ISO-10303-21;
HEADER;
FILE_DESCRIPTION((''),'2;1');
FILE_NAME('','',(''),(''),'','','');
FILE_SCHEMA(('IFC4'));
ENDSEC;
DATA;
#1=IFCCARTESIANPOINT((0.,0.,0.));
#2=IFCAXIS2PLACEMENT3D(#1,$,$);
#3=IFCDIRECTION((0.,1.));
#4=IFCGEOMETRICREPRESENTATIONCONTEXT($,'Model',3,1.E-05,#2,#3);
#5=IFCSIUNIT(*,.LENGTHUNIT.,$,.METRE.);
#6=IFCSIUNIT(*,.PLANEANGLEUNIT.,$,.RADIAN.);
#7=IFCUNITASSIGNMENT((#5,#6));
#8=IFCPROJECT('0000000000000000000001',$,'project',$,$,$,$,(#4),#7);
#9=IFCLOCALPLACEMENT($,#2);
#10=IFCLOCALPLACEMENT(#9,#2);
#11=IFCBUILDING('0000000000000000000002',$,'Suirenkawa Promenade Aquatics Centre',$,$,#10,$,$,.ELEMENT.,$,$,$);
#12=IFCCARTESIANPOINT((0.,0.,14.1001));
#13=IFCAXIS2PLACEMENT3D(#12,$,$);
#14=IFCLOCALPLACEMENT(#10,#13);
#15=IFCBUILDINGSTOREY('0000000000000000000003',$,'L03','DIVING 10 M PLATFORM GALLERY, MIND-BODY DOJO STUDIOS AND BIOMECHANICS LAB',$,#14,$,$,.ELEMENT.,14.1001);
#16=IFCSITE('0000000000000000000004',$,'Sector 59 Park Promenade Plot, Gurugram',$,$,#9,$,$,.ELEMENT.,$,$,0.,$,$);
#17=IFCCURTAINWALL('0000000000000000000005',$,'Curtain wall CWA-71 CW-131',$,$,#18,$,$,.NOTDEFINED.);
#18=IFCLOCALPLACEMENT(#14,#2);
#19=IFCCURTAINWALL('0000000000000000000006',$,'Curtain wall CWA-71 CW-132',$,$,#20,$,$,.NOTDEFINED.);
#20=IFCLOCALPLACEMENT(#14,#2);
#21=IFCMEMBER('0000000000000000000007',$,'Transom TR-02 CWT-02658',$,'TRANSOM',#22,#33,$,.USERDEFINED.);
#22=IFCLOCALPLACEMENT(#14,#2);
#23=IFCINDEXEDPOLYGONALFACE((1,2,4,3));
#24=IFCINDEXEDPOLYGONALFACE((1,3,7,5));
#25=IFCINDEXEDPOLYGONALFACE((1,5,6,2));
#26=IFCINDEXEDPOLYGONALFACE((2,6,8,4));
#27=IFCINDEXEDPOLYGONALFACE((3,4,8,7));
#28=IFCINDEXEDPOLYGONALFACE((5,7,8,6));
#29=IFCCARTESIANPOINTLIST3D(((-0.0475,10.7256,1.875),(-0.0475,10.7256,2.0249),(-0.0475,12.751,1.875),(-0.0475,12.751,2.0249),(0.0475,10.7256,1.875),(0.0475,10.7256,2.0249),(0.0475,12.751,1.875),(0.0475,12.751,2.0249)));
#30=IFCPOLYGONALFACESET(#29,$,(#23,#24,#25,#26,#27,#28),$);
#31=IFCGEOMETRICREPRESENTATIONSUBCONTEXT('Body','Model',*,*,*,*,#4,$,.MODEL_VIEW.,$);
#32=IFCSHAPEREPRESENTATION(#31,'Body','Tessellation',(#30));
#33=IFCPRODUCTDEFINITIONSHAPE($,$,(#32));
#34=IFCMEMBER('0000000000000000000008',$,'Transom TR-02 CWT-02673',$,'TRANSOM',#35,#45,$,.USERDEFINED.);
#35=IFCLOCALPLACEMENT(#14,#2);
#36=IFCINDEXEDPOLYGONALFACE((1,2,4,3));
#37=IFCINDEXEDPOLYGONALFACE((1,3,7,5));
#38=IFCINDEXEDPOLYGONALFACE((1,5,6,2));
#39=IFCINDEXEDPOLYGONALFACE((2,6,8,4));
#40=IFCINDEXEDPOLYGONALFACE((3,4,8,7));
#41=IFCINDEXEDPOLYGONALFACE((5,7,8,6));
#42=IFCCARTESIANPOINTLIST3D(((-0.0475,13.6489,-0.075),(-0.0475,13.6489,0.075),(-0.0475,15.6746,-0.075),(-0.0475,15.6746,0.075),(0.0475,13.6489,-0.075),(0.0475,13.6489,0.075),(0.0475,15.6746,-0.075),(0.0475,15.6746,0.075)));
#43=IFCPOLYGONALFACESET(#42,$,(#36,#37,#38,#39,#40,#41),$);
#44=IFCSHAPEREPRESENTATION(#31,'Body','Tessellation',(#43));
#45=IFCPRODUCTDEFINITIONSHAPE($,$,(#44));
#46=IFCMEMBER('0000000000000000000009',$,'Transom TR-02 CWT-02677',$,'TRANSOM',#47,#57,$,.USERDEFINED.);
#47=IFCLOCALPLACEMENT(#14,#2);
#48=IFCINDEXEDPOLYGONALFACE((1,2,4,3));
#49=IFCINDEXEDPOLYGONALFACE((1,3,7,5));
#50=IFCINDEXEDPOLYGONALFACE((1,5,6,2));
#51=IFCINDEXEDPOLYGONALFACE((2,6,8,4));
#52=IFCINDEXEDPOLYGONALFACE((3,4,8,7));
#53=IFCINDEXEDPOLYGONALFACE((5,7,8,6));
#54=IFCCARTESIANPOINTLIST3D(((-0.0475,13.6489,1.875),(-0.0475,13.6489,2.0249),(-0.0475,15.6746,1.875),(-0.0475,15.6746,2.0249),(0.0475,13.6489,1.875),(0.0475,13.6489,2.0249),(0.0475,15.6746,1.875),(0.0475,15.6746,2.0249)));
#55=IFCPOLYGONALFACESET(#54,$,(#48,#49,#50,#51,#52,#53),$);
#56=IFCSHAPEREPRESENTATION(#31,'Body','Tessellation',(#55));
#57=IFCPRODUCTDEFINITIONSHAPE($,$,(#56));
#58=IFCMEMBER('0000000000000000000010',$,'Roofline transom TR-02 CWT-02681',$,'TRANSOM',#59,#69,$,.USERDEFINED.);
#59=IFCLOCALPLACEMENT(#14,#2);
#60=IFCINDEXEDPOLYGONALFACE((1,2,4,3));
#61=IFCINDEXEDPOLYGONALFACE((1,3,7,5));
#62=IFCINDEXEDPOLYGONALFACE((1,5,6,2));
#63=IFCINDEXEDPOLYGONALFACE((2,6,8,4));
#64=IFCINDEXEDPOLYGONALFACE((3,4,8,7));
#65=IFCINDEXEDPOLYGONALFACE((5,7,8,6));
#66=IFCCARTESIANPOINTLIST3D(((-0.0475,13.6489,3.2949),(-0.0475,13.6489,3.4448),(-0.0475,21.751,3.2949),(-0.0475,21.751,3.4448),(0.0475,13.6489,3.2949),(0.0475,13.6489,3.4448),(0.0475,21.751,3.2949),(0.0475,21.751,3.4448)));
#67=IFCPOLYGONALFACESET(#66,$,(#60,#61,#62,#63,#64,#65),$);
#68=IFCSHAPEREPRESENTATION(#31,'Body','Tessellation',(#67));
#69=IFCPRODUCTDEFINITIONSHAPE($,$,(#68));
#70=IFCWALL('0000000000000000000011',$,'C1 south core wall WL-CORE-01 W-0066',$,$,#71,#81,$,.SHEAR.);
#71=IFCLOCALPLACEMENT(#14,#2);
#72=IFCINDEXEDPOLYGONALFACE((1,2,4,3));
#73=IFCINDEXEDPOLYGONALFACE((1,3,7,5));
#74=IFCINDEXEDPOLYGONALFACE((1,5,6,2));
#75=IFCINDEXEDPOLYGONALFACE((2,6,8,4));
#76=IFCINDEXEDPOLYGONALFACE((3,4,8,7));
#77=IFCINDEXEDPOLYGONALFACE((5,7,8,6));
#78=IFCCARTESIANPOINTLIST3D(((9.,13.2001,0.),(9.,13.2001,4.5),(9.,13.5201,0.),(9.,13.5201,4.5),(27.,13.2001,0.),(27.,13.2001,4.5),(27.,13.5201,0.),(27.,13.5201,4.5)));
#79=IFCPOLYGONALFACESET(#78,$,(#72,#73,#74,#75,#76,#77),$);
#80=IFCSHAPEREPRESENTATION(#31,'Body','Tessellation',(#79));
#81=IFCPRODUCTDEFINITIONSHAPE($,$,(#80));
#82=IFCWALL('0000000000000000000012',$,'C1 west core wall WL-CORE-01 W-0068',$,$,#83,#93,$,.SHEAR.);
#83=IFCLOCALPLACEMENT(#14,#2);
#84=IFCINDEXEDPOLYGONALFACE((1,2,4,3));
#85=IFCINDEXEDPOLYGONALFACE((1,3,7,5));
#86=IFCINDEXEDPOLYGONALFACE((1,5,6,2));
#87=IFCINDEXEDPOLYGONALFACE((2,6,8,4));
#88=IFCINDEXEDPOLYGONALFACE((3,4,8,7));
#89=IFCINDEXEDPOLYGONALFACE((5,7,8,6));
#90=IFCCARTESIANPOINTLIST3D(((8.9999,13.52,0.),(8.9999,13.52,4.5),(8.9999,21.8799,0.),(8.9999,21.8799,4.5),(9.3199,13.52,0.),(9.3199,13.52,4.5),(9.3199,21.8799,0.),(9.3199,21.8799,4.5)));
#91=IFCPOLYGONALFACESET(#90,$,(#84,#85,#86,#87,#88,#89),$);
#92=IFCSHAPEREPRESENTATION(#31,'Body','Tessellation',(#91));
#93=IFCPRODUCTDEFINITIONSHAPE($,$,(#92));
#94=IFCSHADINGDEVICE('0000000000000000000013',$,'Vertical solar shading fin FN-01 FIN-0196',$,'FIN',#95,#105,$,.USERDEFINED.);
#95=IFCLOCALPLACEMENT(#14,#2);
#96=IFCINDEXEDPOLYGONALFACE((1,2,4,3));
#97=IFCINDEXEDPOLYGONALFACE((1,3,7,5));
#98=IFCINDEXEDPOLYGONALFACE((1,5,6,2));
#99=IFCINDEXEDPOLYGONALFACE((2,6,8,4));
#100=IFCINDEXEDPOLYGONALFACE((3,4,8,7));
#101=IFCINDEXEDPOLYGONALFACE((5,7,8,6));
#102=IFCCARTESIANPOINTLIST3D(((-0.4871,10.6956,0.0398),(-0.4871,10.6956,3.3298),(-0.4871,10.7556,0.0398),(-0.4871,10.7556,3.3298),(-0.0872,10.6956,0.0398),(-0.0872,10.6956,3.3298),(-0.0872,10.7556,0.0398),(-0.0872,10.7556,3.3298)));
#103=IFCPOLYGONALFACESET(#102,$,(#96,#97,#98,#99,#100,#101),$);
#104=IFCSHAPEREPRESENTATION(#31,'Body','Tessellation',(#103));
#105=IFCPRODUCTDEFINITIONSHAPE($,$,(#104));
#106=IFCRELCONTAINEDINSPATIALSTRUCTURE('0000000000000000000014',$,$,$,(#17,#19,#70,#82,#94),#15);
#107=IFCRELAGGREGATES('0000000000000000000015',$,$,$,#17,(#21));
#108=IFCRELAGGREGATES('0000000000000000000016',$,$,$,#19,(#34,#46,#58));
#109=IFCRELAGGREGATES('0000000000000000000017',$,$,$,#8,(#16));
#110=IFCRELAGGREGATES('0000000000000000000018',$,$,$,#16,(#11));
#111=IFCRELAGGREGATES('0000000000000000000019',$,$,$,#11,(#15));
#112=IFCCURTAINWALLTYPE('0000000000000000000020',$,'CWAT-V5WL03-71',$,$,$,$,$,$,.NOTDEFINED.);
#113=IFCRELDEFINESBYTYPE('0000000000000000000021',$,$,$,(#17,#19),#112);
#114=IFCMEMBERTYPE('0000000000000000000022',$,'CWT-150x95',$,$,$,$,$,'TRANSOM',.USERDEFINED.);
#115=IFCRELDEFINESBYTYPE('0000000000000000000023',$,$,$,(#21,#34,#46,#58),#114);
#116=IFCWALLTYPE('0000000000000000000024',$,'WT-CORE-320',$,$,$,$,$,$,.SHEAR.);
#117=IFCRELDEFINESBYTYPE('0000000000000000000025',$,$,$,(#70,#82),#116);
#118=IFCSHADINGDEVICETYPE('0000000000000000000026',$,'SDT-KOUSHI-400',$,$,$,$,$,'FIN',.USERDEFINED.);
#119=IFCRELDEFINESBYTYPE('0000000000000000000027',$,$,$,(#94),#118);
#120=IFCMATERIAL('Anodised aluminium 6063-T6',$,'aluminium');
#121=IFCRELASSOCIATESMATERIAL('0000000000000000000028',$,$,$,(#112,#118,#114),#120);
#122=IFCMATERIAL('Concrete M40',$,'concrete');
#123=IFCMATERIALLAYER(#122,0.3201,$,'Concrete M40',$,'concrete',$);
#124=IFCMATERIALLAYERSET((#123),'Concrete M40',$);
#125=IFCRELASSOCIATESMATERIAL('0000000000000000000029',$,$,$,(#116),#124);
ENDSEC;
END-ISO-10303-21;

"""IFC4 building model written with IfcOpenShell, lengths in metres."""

from ifc_helpers import new_model, si_unit, direction, frame, frame_2d, origin, origin_2d, place, context, subcontext, project, spatial, rectangle, extrude, material, layer, layer_set, material_profile, profile_set, type_object, element, aggregate, save


model = new_model("IFC4")

# Units and contexts
model_context = context("Model", 3, precision=1e-05, world=origin(), true_north=direction((0.0, 1.0)))
body_context = subcontext(model_context, "Body", "Model", "MODEL_VIEW")
ifc_project = project(units=[si_unit("LENGTHUNIT", "METRE"), si_unit("PLANEANGLEUNIT", "RADIAN")], contexts=[model_context])

# Site, building, storey
site_placement = place(None, origin())
site = spatial("IfcSite", under=ifc_project, at=site_placement, Name="Sector 59 Park Promenade Plot, Gurugram", CompositionType="ELEMENT", RefElevation=0.0)
building_placement = place(site_placement, origin())
building = spatial("IfcBuilding", under=site, at=building_placement, Name="Suirenkawa Promenade Aquatics Centre", CompositionType="ELEMENT")
storey_placement = place(building_placement, frame((0.0, 0.0, 14.1001)))
storey = spatial("IfcBuildingStorey", under=building, at=storey_placement, Name="L03", Description="DIVING 10 M PLATFORM GALLERY, MIND-BODY DOJO STUDIOS AND BIOMECHANICS LAB", CompositionType="ELEMENT", Elevation=14.1001)

# Shared definitions
ifc_material_1 = material(Name="Concrete M40", Category="concrete")

# Curtain wall
ifc_material_2 = material(Name="Anodised aluminium 6063-T6", Category="aluminium")
curtain_wall_type = type_object("IfcCurtainWallType", Name="CWAT-V5WL03-71", PredefinedType="NOTDEFINED", material=ifc_material_2)
curtain_wall_1_placement = place(storey_placement, origin())
curtain_wall_1 = element("IfcCurtainWall", 1, at=curtain_wall_1_placement, inside=storey, type_object=curtain_wall_type, Name="Curtain wall CWA-71 CW-131", PredefinedType="NOTDEFINED")

# Curtain wall
curtain_wall_2_placement = place(storey_placement, origin())
curtain_wall_2 = element("IfcCurtainWall", 2, at=curtain_wall_2_placement, inside=storey, type_object=curtain_wall_type, Name="Curtain wall CWA-71 CW-132", PredefinedType="NOTDEFINED")

# Members
ifc_material_profile_1 = material_profile(ifc_material_2, rectangle(XDim=0.095, YDim=0.1499, at=origin_2d()), Name="ALU TRAN 95x150", Category="aluminium")
ifc_profile_set_1 = profile_set([ifc_material_profile_1], Name="Anodised aluminium 6063-T6")
member_type_1 = type_object("IfcMemberType", Name="CWT-150x95", ElementType="TRANSOM", PredefinedType="USERDEFINED", material=ifc_profile_set_1)
member_1_placement = place(storey_placement, frame((0.0, 10.7256, 1.95), z_axis=(0.0, 1.0, 0.0), x_axis=(-1.0, 0.0, 0.0)))
member_1 = element("IfcMember", 3, at=member_1_placement, type_object=member_type_1, Name="Transom TR-02 CWT-02658", ObjectType="TRANSOM", PredefinedType="USERDEFINED", context=body_context, shape_type="SweptSolid", body=[
    extrude(rectangle(XDim=0.095, YDim=0.1499, at=origin_2d()), origin(), (0.0, 0.0, 1.0), 2.0254),
])
member_2_placement = place(storey_placement, frame((0.0, 13.6489, 0.0), z_axis=(0.0, 1.0, 0.0), x_axis=(-1.0, 0.0, 0.0)))
member_2 = element("IfcMember", 4, at=member_2_placement, type_object=member_type_1, Name="Transom TR-02 CWT-02673", ObjectType="TRANSOM", PredefinedType="USERDEFINED", context=body_context, shape_type="SweptSolid", body=[
    extrude(rectangle(XDim=0.095, YDim=0.1499, at=origin_2d()), origin(), (0.0, 0.0, 1.0), 2.0256),
])
member_3_placement = place(storey_placement, frame((0.0, 13.6489, 1.95), z_axis=(0.0, 1.0, 0.0), x_axis=(-1.0, 0.0, 0.0)))
member_3 = element("IfcMember", 5, at=member_3_placement, type_object=member_type_1, Name="Transom TR-02 CWT-02677", ObjectType="TRANSOM", PredefinedType="USERDEFINED", context=body_context, shape_type="SweptSolid", body=[
    extrude(rectangle(XDim=0.095, YDim=0.1499, at=origin_2d()), origin(), (0.0, 0.0, 1.0), 2.0256),
])
member_4_placement = place(storey_placement, frame((0.0, 13.6489, 3.3699), z_axis=(0.0, 1.0, 0.0), x_axis=(-1.0, 0.0, 0.0)))
member_4 = element("IfcMember", 6, at=member_4_placement, type_object=member_type_1, Name="Roofline transom TR-02 CWT-02681", ObjectType="TRANSOM", PredefinedType="USERDEFINED", context=body_context, shape_type="SweptSolid", body=[
    extrude(rectangle(XDim=0.095, YDim=0.1499, at=origin_2d()), origin(), (0.0, 0.0, 1.0), 8.1021),
])

aggregate(curtain_wall_1, [member_1])
aggregate(curtain_wall_2, [member_2, member_3, member_4])

# Walls
ifc_layer_1 = layer(ifc_material_1, 0.3201, Name="Concrete M40", Category="concrete")
ifc_layer_set_1 = layer_set([ifc_layer_1], Name="Concrete M40")
wall_type = type_object("IfcWallType", Name="WT-CORE-320", PredefinedType="SHEAR", material=ifc_layer_set_1)
wall_1_placement = place(storey_placement, frame((9.0, 13.3601, 0.0), z_axis=(0.0, 0.0, 1.0), x_axis=(1.0, 0.0, 0.0)))
element("IfcWall", 7, at=wall_1_placement, inside=storey, type_object=wall_type, Name="C1 south core wall WL-CORE-01 W-0066", PredefinedType="SHEAR", context=body_context, shape_type="SweptSolid", body=[
    extrude(rectangle(XDim=18.0, YDim=0.3201, at=frame_2d((9.0, 0.0))), origin(), (0.0, 0.0, 1.0), 4.5),
])
wall_2_placement = place(storey_placement, frame((9.1599, 13.52, 0.0), z_axis=(0.0, 0.0, 1.0), x_axis=(0.0, 1.0, 0.0)))
element("IfcWall", 8, at=wall_2_placement, inside=storey, type_object=wall_type, Name="C1 west core wall WL-CORE-01 W-0068", PredefinedType="SHEAR", context=body_context, shape_type="SweptSolid", body=[
    extrude(rectangle(XDim=8.3599, YDim=0.3201, at=frame_2d((4.1799, 0.0))), origin(), (0.0, 0.0, 1.0), 4.5),
])

# Shading device
shading_device_type = type_object("IfcShadingDeviceType", Name="SDT-KOUSHI-400", ElementType="FIN", PredefinedType="USERDEFINED", material=ifc_material_2)
shading_device_placement = place(storey_placement, frame((-0.2871, 10.7256, 0.0398), z_axis=(0.0, 0.0, 1.0), x_axis=(-1.0, 0.0, 0.0)))
element("IfcShadingDevice", 9, at=shading_device_placement, inside=storey, type_object=shading_device_type, Name="Vertical solar shading fin FN-01 FIN-0196", ObjectType="FIN", PredefinedType="USERDEFINED", context=body_context, shape_type="SweptSolid", body=[
    extrude(rectangle(XDim=0.3999, YDim=0.0601, at=origin_2d()), origin(), (0.0, 0.0, 1.0), 3.29),
])

save(model, "model.ifc")
